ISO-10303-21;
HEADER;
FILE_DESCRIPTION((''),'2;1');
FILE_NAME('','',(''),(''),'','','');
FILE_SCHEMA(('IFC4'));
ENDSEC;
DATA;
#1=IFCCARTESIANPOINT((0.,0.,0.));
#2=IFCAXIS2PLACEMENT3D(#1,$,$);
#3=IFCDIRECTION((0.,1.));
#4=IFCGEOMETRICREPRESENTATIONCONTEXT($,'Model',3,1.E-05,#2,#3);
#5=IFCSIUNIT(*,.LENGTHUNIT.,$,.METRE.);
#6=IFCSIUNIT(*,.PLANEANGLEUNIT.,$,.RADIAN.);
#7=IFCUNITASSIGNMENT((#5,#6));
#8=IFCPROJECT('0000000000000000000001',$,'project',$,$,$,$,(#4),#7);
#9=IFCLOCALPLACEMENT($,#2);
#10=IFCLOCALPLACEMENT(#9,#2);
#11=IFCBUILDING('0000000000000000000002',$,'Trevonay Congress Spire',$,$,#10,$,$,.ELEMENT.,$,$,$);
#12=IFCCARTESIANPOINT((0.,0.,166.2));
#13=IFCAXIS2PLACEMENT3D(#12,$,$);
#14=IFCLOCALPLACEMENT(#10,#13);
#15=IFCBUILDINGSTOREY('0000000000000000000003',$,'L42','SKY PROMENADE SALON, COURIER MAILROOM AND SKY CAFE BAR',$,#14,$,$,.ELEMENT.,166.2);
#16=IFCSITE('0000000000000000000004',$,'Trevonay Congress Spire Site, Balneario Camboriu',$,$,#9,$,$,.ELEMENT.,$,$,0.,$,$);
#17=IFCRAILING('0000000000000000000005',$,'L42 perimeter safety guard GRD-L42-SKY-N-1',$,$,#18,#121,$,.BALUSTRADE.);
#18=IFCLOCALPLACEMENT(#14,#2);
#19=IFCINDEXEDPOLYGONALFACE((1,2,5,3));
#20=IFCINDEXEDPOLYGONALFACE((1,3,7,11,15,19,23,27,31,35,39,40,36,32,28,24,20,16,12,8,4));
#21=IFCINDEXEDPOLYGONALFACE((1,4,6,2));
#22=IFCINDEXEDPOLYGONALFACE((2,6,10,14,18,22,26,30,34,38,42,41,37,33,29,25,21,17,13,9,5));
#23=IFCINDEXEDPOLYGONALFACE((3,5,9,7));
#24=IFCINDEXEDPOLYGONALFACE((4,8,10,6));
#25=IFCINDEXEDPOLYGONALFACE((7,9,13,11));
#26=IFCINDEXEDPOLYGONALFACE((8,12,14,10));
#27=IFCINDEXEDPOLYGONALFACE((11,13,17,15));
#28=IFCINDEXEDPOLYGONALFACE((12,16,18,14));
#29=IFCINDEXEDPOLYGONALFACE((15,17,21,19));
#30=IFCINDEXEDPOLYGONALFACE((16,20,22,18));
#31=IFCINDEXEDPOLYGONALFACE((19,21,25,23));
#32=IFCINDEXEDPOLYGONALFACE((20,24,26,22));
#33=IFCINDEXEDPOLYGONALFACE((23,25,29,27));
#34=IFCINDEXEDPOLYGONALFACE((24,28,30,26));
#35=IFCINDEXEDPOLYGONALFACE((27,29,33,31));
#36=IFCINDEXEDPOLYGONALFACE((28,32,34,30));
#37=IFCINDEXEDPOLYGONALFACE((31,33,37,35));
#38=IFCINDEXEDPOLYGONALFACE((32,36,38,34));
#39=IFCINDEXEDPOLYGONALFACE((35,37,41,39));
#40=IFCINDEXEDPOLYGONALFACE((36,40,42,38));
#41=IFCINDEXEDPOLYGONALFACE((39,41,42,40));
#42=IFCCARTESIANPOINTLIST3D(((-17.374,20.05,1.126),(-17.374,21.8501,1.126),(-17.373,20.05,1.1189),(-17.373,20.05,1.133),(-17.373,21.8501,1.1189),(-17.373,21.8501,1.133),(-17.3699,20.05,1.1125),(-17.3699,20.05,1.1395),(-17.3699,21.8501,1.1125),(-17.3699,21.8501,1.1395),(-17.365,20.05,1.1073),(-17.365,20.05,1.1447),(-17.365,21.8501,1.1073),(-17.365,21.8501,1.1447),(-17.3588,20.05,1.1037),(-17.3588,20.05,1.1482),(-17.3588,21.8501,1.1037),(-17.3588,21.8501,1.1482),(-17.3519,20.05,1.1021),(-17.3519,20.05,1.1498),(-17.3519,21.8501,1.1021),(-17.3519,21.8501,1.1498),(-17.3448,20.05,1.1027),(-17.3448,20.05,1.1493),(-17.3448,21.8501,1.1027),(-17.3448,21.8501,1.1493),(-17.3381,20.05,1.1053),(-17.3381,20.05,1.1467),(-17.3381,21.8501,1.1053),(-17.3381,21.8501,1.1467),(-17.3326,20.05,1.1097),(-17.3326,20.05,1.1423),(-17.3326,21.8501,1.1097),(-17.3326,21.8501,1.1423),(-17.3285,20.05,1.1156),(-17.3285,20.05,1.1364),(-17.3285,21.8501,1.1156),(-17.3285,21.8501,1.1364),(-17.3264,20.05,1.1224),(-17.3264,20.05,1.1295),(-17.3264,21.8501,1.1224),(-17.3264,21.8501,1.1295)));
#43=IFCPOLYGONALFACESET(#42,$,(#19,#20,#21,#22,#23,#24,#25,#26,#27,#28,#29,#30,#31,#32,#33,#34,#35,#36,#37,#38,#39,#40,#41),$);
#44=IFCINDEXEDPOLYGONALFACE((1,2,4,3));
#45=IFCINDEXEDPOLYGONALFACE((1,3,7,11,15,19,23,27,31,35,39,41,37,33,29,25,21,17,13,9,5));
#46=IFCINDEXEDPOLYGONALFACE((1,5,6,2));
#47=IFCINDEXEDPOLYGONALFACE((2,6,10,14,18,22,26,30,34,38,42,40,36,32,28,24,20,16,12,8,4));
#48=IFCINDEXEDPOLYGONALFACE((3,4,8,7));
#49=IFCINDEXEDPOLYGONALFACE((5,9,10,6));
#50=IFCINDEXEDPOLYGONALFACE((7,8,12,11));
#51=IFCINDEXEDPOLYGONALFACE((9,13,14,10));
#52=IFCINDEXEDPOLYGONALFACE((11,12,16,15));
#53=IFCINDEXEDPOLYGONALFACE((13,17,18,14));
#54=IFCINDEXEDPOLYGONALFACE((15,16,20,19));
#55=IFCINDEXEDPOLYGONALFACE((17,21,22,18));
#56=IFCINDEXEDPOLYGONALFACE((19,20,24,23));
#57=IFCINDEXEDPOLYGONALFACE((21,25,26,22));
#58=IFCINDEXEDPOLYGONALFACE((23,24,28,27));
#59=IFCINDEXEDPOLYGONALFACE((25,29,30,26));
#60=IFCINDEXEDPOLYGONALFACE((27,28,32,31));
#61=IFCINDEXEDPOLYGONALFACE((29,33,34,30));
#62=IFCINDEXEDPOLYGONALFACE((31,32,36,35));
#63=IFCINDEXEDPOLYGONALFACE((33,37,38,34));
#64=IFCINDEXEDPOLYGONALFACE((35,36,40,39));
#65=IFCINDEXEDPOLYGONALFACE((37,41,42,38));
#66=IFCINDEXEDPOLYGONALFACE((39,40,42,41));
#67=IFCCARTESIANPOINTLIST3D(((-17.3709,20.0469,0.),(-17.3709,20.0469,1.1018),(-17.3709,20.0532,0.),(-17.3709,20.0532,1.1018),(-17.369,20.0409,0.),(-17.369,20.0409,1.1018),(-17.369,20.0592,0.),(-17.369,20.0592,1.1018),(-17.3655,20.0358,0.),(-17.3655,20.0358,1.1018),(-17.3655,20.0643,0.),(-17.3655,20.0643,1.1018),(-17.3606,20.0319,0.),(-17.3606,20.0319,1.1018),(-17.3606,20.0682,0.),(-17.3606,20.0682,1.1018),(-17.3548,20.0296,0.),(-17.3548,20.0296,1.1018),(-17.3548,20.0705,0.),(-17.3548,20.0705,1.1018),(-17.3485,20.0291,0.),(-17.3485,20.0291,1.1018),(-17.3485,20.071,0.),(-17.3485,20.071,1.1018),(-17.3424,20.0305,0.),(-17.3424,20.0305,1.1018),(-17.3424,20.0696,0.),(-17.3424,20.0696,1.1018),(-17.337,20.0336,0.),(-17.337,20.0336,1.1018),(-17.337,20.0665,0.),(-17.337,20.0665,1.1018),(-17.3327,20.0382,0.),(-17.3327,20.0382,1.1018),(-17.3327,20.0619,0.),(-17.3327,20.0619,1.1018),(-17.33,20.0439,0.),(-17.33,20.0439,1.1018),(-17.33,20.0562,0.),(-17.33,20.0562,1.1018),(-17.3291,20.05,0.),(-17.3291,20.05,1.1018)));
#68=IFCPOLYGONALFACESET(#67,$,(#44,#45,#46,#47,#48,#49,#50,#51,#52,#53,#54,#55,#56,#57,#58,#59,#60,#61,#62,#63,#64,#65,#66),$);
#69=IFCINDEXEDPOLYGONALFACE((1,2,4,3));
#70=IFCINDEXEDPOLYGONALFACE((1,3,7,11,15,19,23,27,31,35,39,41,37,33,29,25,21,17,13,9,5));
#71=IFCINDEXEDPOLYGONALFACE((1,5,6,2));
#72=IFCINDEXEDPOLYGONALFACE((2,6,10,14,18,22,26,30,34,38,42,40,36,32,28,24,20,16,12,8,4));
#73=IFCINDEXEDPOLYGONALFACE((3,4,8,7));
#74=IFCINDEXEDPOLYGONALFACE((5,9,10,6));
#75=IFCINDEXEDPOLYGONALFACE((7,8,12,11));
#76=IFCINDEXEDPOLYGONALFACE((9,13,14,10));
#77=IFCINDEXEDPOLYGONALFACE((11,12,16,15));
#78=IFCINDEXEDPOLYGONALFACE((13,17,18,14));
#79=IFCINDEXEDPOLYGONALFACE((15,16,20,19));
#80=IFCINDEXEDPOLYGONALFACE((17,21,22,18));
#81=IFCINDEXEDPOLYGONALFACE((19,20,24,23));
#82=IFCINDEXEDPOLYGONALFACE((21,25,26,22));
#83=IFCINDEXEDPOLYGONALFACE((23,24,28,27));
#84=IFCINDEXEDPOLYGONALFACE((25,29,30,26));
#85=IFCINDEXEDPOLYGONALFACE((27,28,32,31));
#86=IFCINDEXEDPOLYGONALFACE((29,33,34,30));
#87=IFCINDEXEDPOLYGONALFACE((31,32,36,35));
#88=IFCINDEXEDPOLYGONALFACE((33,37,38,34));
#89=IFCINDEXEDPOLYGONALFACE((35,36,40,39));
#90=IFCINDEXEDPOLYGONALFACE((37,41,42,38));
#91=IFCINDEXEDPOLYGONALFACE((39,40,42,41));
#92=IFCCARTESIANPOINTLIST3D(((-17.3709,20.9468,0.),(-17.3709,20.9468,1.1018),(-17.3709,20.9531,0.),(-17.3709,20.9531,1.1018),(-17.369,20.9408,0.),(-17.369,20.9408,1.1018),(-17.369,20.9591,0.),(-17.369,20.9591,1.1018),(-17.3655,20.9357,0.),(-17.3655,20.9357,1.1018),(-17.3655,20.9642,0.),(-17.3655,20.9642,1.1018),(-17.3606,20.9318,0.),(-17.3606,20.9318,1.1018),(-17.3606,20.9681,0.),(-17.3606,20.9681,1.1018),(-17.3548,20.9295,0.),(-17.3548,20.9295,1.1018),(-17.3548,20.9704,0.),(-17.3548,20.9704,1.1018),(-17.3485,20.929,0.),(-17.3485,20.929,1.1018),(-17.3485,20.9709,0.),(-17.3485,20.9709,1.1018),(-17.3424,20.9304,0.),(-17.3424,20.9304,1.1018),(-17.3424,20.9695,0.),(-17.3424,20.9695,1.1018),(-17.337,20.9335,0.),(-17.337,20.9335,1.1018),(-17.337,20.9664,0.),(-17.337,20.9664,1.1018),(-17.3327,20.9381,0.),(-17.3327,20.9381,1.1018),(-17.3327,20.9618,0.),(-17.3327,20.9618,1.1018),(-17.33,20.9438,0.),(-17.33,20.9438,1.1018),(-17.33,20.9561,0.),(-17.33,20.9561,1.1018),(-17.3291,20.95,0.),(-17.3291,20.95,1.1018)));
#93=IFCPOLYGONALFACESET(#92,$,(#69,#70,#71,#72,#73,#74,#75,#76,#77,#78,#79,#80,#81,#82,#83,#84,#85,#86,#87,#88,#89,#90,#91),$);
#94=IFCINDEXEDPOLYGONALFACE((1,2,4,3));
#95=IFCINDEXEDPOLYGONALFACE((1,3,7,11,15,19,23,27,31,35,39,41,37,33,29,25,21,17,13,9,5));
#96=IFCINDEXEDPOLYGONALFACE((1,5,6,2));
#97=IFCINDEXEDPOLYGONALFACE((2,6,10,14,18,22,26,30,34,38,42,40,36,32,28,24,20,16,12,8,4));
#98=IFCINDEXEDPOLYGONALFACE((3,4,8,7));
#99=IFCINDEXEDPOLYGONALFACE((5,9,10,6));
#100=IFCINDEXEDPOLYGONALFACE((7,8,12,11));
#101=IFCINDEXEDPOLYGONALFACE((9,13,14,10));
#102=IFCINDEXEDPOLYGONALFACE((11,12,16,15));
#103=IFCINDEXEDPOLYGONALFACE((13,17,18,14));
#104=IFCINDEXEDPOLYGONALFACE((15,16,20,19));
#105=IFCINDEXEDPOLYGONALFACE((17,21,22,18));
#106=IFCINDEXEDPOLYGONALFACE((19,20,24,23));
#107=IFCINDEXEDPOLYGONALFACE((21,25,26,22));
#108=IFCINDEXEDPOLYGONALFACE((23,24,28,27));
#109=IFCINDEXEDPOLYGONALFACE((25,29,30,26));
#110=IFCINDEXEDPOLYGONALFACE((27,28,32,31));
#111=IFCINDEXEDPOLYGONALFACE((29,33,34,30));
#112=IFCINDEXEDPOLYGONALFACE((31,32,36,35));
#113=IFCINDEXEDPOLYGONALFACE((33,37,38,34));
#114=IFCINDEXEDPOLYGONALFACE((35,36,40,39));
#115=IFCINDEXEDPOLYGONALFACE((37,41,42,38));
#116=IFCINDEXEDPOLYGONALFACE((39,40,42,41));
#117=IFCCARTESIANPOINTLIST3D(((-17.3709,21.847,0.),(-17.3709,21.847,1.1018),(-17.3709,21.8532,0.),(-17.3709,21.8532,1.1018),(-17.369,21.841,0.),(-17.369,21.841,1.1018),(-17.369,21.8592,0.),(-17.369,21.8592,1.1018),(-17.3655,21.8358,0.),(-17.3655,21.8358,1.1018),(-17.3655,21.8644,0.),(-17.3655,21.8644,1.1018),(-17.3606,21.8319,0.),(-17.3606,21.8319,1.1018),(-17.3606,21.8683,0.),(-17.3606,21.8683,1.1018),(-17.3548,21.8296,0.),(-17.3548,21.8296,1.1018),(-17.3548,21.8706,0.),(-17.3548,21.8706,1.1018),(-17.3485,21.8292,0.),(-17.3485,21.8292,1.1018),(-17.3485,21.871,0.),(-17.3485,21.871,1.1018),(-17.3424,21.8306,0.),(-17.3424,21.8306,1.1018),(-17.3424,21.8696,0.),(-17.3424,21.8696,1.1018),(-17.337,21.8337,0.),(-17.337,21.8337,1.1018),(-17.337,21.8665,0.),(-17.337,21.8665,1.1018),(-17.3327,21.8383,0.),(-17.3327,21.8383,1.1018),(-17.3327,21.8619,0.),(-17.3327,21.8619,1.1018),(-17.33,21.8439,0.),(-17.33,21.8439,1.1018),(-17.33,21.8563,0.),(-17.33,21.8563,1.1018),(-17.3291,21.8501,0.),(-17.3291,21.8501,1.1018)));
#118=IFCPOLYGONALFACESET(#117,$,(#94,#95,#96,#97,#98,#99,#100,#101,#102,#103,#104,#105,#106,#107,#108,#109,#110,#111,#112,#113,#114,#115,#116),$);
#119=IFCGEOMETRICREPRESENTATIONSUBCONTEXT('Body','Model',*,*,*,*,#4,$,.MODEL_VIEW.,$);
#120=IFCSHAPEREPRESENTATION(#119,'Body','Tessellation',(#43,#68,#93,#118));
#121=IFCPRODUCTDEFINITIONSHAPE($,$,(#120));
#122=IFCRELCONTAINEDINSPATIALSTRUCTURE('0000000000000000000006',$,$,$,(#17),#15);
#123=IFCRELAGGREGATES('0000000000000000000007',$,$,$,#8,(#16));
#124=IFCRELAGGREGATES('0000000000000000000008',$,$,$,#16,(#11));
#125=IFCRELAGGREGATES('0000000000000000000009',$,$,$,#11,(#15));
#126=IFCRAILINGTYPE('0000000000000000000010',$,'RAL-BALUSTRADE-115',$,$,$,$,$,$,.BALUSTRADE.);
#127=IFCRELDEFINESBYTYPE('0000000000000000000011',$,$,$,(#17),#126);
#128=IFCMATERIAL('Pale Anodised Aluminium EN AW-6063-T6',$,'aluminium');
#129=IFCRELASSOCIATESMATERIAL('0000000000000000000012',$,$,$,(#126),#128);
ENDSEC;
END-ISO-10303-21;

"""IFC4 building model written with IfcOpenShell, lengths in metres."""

from ifc_helpers import new_model, si_unit, direction, frame, origin, origin_2d, place, context, subcontext, project, spatial, circle, extrude, material, type_object, element, save


model = new_model("IFC4")

# Units and contexts
model_context = context("Model", 3, precision=1e-05, world=origin(), true_north=direction((0.0, 1.0)))
body_context = subcontext(model_context, "Body", "Model", "MODEL_VIEW")
ifc_project = project(units=[si_unit("LENGTHUNIT", "METRE"), si_unit("PLANEANGLEUNIT", "RADIAN")], contexts=[model_context])

# Site, building, storey
site_placement = place(None, origin())
site = spatial("IfcSite", under=ifc_project, at=site_placement, Name="Trevonay Congress Spire Site, Balneario Camboriu", CompositionType="ELEMENT", RefElevation=0.0)
building_placement = place(site_placement, origin())
building = spatial("IfcBuilding", under=site, at=building_placement, Name="Trevonay Congress Spire", CompositionType="ELEMENT")
storey_placement = place(building_placement, frame((0.0, 0.0, 166.2)))
storey = spatial("IfcBuildingStorey", under=building, at=storey_placement, Name="L42", Description="SKY PROMENADE SALON, COURIER MAILROOM AND SKY CAFE BAR", CompositionType="ELEMENT", Elevation=166.2)

# Shared definitions
ifc_material_1 = material(Name="Pale Anodised Aluminium EN AW-6063-T6", Category="aluminium")

# Railing
railing_type = type_object("IfcRailingType", Name="RAL-BALUSTRADE-115", PredefinedType="BALUSTRADE", material=ifc_material_1)
railing_1_placement = place(storey_placement, frame((-17.3501, 20.05, 0.0)))
element("IfcRailing", 1, at=railing_1_placement, inside=storey, type_object=railing_type, Name="L42 perimeter safety guard GRD-L42-SKY-N-1", PredefinedType="BALUSTRADE", context=body_context, shape_type="SweptSolid", body=[
    extrude(circle(Radius=0.0239, at=origin_2d()), frame((0.0, 0.0, 1.126), z_axis=(0.0, 1.0, 0.0), x_axis=(-1.0, 0.0, 0.0)), (0.0, 0.0, 1.0), 1.8),
    extrude(circle(Radius=0.021, at=origin_2d()), origin(), (0.0, 0.0, 1.0), 1.1018),
    extrude(circle(Radius=0.021, at=origin_2d()), frame((0.0, 0.8999, 0.0)), (0.0, 0.0, 1.0), 1.1018),
    extrude(circle(Radius=0.021, at=origin_2d()), frame((0.0, 1.8, 0.0)), (0.0, 0.0, 1.0), 1.1018),
])

save(model, "model.ifc")
